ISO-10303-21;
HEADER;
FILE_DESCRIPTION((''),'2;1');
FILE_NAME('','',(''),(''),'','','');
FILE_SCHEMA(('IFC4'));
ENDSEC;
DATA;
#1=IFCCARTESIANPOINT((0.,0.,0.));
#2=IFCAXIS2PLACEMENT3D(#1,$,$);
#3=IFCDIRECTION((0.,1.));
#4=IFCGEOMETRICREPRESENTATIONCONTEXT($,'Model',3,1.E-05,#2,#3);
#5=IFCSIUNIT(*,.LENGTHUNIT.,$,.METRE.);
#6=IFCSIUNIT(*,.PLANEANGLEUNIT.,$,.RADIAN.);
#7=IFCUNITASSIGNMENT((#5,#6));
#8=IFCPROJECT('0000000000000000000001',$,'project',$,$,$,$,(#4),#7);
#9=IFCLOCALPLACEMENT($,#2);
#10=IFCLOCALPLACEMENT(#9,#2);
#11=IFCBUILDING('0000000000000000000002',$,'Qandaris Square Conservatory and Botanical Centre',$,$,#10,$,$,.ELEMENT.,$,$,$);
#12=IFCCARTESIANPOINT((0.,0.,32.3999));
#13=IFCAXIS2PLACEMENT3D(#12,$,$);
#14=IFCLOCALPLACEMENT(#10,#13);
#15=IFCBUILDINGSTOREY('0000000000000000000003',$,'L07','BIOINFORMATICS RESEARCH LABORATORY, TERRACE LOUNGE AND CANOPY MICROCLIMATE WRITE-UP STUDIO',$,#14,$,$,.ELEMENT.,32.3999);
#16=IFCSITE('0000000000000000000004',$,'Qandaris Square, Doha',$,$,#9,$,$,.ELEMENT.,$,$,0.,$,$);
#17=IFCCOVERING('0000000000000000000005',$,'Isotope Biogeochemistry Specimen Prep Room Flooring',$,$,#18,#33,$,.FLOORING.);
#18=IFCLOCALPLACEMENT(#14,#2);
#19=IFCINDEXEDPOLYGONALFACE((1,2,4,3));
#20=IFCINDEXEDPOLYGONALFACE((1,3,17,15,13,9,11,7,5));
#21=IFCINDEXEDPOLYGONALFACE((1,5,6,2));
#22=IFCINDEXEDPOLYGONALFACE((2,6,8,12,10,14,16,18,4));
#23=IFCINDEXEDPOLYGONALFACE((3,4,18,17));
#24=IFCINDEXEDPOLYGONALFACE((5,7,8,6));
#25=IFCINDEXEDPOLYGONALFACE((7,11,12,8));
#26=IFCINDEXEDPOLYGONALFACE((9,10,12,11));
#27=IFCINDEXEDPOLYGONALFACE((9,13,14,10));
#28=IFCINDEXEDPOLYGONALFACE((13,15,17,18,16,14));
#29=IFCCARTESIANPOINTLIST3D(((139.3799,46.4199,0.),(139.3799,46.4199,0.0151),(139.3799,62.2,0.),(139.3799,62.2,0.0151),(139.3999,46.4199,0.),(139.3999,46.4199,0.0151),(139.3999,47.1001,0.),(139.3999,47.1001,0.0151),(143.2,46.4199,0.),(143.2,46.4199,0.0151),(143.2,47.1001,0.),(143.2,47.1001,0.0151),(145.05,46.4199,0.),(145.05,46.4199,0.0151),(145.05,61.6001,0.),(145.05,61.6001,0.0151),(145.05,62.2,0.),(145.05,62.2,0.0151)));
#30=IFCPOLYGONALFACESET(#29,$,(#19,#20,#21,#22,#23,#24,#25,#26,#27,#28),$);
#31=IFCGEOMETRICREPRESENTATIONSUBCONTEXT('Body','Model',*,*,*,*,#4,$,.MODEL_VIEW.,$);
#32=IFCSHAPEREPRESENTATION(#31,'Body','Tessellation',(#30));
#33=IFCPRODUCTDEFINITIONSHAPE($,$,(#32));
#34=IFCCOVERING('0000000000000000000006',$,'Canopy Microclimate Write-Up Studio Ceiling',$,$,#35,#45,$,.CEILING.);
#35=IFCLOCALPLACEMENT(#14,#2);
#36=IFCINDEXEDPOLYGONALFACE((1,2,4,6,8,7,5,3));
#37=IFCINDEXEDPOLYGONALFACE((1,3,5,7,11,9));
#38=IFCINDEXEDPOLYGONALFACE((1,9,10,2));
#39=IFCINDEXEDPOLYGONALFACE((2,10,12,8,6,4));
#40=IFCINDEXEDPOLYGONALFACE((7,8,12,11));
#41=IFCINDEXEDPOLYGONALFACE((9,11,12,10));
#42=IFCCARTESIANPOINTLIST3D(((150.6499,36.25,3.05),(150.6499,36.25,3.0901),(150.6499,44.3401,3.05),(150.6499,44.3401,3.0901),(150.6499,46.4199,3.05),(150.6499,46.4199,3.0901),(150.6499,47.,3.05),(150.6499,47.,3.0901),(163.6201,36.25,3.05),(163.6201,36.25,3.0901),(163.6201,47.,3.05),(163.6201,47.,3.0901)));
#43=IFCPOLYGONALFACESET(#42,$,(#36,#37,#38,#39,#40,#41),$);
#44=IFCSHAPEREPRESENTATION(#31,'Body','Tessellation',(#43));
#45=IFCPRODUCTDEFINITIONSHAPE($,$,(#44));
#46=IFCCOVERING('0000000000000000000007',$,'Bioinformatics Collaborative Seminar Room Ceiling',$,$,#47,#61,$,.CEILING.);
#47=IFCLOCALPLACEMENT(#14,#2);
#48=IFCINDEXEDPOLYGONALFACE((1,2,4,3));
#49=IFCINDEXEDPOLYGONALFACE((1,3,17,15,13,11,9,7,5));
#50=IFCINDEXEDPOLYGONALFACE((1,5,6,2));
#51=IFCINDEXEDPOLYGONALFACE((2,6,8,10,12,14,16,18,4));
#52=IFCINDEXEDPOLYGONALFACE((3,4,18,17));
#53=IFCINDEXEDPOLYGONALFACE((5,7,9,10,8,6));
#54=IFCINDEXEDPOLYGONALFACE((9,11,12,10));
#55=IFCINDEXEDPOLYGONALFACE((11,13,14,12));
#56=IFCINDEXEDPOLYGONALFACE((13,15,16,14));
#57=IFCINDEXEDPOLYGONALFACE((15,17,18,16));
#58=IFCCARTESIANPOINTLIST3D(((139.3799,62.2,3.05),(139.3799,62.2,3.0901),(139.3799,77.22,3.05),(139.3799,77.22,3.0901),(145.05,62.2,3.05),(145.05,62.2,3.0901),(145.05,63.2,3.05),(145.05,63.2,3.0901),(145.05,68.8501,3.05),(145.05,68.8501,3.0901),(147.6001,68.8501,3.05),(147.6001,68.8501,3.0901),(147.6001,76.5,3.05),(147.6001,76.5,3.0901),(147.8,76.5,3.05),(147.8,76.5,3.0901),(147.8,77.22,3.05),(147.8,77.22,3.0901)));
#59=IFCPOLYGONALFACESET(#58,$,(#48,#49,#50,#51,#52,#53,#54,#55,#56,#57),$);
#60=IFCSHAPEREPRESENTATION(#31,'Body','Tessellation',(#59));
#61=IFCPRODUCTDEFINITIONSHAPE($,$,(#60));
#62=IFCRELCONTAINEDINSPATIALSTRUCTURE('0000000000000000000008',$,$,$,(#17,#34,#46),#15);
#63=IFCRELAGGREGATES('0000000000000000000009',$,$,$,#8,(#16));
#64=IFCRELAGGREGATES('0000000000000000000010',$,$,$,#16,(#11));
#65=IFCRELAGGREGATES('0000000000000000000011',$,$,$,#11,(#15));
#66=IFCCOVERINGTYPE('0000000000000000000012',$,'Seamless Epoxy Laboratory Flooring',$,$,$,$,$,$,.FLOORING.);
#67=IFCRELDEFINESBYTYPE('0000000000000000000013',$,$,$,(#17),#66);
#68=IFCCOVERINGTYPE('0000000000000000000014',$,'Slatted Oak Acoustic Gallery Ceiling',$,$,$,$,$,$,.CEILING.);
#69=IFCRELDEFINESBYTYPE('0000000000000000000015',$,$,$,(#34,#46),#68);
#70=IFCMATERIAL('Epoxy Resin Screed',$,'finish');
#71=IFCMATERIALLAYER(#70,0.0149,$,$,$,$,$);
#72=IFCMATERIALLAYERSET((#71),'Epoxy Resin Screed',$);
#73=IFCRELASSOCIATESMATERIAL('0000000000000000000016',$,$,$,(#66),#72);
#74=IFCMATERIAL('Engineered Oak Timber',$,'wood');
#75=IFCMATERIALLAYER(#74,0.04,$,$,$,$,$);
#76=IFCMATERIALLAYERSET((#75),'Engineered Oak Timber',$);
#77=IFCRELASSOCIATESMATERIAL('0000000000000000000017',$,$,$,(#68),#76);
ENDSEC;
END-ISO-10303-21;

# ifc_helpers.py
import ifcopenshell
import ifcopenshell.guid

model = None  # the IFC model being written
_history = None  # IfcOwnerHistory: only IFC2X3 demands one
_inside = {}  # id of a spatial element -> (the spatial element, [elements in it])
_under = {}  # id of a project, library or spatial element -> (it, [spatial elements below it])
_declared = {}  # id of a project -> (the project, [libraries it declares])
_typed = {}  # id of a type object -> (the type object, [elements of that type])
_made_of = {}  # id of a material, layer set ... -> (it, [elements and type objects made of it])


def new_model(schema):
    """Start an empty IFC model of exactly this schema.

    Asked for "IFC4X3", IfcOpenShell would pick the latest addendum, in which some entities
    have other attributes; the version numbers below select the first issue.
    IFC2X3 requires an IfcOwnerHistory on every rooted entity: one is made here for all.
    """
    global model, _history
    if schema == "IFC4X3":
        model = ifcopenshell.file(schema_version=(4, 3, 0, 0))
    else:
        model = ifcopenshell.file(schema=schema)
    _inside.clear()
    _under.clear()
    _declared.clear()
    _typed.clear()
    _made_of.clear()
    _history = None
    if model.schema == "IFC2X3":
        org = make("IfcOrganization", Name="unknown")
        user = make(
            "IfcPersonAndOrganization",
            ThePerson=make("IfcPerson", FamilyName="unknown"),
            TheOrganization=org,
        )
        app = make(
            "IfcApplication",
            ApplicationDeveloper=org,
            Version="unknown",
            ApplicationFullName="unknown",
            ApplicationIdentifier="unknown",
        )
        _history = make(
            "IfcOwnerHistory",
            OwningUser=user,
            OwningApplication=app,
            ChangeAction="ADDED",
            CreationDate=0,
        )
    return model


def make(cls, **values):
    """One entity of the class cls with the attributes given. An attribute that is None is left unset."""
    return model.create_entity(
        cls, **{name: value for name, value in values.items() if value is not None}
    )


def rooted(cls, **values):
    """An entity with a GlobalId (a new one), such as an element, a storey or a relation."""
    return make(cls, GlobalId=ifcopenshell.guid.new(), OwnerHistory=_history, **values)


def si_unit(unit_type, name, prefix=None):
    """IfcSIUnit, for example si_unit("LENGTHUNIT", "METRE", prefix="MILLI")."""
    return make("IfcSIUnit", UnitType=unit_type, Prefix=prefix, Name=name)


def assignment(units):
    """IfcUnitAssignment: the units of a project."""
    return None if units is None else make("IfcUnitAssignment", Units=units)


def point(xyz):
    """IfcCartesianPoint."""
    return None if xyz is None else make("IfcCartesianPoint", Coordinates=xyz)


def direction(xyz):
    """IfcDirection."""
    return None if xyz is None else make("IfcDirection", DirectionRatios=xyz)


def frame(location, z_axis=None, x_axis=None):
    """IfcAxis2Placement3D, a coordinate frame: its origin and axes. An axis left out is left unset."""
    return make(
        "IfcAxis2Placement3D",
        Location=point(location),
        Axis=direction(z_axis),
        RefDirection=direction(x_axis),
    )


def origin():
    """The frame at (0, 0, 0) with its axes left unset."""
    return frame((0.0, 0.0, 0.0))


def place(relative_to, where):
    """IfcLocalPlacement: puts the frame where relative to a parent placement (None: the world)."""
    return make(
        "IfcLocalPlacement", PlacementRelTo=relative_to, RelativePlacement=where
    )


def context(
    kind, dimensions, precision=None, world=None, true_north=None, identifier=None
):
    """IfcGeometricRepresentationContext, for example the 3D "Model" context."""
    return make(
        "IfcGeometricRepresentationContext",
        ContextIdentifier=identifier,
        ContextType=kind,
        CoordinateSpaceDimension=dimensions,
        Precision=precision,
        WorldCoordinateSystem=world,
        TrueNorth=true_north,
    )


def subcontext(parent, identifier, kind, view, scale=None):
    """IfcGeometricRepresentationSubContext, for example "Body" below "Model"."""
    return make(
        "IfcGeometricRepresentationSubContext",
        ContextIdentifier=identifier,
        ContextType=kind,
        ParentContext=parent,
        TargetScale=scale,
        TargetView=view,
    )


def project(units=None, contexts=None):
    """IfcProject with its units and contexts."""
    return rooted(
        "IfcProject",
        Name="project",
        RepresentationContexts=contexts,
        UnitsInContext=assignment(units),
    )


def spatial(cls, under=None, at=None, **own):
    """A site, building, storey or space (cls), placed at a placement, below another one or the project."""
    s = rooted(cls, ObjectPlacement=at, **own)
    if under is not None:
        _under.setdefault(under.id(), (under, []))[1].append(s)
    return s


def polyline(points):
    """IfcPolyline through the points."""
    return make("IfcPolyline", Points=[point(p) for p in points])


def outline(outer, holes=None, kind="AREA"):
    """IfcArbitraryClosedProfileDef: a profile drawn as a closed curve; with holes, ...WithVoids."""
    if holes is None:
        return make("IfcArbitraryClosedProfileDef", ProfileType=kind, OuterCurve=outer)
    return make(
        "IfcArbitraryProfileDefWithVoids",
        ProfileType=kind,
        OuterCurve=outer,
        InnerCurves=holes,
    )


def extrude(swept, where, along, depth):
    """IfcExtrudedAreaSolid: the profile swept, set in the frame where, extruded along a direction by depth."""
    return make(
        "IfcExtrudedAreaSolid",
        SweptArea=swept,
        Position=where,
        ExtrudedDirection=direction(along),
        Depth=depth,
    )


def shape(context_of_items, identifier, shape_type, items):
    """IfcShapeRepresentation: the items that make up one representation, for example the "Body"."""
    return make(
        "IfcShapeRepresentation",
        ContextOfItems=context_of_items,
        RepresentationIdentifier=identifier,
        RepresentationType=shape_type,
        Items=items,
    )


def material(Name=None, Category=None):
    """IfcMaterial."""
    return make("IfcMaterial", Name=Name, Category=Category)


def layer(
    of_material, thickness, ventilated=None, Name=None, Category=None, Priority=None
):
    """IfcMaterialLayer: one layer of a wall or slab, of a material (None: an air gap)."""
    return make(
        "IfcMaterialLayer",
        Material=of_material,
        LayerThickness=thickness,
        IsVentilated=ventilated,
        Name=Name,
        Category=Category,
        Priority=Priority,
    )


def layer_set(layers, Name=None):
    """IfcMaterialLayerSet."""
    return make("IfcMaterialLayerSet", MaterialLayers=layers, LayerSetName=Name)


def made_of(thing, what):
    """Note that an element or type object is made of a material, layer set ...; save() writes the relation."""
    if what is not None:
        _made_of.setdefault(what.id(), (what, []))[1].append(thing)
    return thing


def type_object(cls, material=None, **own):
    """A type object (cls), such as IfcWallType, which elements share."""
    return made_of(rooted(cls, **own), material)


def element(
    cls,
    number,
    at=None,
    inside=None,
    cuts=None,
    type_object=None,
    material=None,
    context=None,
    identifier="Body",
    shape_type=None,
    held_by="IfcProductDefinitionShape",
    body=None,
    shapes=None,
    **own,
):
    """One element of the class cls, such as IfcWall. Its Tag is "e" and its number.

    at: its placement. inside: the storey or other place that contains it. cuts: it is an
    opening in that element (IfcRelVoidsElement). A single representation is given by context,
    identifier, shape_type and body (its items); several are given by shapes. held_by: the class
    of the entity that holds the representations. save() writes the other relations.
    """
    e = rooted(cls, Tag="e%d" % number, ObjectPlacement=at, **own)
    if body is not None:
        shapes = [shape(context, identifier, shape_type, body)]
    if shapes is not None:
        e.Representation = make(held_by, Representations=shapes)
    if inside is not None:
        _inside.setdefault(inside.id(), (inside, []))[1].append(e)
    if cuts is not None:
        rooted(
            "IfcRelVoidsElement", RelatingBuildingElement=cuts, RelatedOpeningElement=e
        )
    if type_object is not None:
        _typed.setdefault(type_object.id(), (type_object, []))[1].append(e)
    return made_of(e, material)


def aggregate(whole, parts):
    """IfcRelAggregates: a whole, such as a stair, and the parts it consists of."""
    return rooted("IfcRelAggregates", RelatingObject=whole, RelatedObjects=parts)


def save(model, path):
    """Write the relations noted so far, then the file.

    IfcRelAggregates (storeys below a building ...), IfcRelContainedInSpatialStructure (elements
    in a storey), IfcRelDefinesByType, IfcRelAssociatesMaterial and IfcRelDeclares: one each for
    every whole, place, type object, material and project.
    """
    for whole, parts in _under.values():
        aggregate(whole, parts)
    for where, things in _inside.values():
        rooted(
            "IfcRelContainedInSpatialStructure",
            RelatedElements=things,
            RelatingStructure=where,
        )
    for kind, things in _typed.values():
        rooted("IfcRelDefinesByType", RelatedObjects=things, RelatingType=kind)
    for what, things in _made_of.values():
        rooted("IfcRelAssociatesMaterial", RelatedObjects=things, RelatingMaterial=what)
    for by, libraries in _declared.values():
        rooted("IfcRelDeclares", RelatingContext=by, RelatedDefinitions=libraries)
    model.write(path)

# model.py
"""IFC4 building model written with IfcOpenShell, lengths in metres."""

from ifc_helpers import new_model, si_unit, direction, frame, origin, place, context, subcontext, project, spatial, polyline, outline, extrude, material, layer, layer_set, type_object, element, save


model = new_model("IFC4")

# Units and contexts
model_context = context("Model", 3, precision=1e-05, world=origin(), true_north=direction((0.0, 1.0)))
body_context = subcontext(model_context, "Body", "Model", "MODEL_VIEW")
ifc_project = project(units=[si_unit("LENGTHUNIT", "METRE"), si_unit("PLANEANGLEUNIT", "RADIAN")], contexts=[model_context])

# Site, building, storey
site_placement = place(None, origin())
site = spatial("IfcSite", under=ifc_project, at=site_placement, Name="Qandaris Square, Doha", CompositionType="ELEMENT", RefElevation=0.0)
building_placement = place(site_placement, origin())
building = spatial("IfcBuilding", under=site, at=building_placement, Name="Qandaris Square Conservatory and Botanical Centre", CompositionType="ELEMENT")
storey_placement = place(building_placement, frame((0.0, 0.0, 32.3999)))
storey = spatial("IfcBuildingStorey", under=building, at=storey_placement, Name="L07", Description="BIOINFORMATICS RESEARCH LABORATORY, TERRACE LOUNGE AND CANOPY MICROCLIMATE WRITE-UP STUDIO", CompositionType="ELEMENT", Elevation=32.3999)

# Coverings
ifc_material_1 = material(Name="Epoxy Resin Screed", Category="finish")
ifc_layer_1 = layer(ifc_material_1, 0.0149)
ifc_layer_set_1 = layer_set([ifc_layer_1], Name="Epoxy Resin Screed")
covering_type_1 = type_object("IfcCoveringType", Name="Seamless Epoxy Laboratory Flooring", PredefinedType="FLOORING", material=ifc_layer_set_1)
covering_1_placement = place(storey_placement, origin())
element("IfcCovering", 1, at=covering_1_placement, inside=storey, type_object=covering_type_1, Name="Isotope Biogeochemistry Specimen Prep Room Flooring", PredefinedType="FLOORING", context=body_context, shape_type="SweptSolid", body=[
    extrude(outline(polyline([(145.05, 61.6001), (145.05, 46.4199), (143.2, 46.4199), (143.2, 47.1001), (139.3999, 47.1001), (139.3999, 46.4199), (139.3799, 46.4199), (139.3799, 62.2), (145.05, 62.2), (145.05, 61.6001)])), origin(), (0.0, 0.0, 1.0), 0.0151),
])
ifc_material_2 = material(Name="Engineered Oak Timber", Category="wood")
ifc_layer_2 = layer(ifc_material_2, 0.04)
ifc_layer_set_2 = layer_set([ifc_layer_2], Name="Engineered Oak Timber")
covering_type_2 = type_object("IfcCoveringType", Name="Slatted Oak Acoustic Gallery Ceiling", PredefinedType="CEILING", material=ifc_layer_set_2)
covering_2_placement = place(storey_placement, frame((0.0, 0.0, 3.05)))
element("IfcCovering", 2, at=covering_2_placement, inside=storey, type_object=covering_type_2, Name="Canopy Microclimate Write-Up Studio Ceiling", PredefinedType="CEILING", context=body_context, shape_type="SweptSolid", body=[
    extrude(outline(polyline([(150.6499, 44.3401), (150.6499, 46.4199), (150.6499, 47.0), (163.6201, 47.0), (163.6201, 36.25), (150.6499, 36.25), (150.6499, 44.3401)])), origin(), (0.0, 0.0, 1.0), 0.04),
])
covering_3_placement = place(storey_placement, frame((0.0, 0.0, 3.05)))
element("IfcCovering", 3, at=covering_3_placement, inside=storey, type_object=covering_type_2, Name="Bioinformatics Collaborative Seminar Room Ceiling", PredefinedType="CEILING", context=body_context, shape_type="SweptSolid", body=[
    extrude(outline(polyline([(147.8, 76.5), (147.6001, 76.5), (147.6001, 68.8501), (145.05, 68.8501), (145.05, 63.2), (145.05, 62.2), (139.3799, 62.2), (139.3799, 77.22), (147.8, 77.22), (147.8, 76.5)])), origin(), (0.0, 0.0, 1.0), 0.04),
])

save(model, "model.ifc")
